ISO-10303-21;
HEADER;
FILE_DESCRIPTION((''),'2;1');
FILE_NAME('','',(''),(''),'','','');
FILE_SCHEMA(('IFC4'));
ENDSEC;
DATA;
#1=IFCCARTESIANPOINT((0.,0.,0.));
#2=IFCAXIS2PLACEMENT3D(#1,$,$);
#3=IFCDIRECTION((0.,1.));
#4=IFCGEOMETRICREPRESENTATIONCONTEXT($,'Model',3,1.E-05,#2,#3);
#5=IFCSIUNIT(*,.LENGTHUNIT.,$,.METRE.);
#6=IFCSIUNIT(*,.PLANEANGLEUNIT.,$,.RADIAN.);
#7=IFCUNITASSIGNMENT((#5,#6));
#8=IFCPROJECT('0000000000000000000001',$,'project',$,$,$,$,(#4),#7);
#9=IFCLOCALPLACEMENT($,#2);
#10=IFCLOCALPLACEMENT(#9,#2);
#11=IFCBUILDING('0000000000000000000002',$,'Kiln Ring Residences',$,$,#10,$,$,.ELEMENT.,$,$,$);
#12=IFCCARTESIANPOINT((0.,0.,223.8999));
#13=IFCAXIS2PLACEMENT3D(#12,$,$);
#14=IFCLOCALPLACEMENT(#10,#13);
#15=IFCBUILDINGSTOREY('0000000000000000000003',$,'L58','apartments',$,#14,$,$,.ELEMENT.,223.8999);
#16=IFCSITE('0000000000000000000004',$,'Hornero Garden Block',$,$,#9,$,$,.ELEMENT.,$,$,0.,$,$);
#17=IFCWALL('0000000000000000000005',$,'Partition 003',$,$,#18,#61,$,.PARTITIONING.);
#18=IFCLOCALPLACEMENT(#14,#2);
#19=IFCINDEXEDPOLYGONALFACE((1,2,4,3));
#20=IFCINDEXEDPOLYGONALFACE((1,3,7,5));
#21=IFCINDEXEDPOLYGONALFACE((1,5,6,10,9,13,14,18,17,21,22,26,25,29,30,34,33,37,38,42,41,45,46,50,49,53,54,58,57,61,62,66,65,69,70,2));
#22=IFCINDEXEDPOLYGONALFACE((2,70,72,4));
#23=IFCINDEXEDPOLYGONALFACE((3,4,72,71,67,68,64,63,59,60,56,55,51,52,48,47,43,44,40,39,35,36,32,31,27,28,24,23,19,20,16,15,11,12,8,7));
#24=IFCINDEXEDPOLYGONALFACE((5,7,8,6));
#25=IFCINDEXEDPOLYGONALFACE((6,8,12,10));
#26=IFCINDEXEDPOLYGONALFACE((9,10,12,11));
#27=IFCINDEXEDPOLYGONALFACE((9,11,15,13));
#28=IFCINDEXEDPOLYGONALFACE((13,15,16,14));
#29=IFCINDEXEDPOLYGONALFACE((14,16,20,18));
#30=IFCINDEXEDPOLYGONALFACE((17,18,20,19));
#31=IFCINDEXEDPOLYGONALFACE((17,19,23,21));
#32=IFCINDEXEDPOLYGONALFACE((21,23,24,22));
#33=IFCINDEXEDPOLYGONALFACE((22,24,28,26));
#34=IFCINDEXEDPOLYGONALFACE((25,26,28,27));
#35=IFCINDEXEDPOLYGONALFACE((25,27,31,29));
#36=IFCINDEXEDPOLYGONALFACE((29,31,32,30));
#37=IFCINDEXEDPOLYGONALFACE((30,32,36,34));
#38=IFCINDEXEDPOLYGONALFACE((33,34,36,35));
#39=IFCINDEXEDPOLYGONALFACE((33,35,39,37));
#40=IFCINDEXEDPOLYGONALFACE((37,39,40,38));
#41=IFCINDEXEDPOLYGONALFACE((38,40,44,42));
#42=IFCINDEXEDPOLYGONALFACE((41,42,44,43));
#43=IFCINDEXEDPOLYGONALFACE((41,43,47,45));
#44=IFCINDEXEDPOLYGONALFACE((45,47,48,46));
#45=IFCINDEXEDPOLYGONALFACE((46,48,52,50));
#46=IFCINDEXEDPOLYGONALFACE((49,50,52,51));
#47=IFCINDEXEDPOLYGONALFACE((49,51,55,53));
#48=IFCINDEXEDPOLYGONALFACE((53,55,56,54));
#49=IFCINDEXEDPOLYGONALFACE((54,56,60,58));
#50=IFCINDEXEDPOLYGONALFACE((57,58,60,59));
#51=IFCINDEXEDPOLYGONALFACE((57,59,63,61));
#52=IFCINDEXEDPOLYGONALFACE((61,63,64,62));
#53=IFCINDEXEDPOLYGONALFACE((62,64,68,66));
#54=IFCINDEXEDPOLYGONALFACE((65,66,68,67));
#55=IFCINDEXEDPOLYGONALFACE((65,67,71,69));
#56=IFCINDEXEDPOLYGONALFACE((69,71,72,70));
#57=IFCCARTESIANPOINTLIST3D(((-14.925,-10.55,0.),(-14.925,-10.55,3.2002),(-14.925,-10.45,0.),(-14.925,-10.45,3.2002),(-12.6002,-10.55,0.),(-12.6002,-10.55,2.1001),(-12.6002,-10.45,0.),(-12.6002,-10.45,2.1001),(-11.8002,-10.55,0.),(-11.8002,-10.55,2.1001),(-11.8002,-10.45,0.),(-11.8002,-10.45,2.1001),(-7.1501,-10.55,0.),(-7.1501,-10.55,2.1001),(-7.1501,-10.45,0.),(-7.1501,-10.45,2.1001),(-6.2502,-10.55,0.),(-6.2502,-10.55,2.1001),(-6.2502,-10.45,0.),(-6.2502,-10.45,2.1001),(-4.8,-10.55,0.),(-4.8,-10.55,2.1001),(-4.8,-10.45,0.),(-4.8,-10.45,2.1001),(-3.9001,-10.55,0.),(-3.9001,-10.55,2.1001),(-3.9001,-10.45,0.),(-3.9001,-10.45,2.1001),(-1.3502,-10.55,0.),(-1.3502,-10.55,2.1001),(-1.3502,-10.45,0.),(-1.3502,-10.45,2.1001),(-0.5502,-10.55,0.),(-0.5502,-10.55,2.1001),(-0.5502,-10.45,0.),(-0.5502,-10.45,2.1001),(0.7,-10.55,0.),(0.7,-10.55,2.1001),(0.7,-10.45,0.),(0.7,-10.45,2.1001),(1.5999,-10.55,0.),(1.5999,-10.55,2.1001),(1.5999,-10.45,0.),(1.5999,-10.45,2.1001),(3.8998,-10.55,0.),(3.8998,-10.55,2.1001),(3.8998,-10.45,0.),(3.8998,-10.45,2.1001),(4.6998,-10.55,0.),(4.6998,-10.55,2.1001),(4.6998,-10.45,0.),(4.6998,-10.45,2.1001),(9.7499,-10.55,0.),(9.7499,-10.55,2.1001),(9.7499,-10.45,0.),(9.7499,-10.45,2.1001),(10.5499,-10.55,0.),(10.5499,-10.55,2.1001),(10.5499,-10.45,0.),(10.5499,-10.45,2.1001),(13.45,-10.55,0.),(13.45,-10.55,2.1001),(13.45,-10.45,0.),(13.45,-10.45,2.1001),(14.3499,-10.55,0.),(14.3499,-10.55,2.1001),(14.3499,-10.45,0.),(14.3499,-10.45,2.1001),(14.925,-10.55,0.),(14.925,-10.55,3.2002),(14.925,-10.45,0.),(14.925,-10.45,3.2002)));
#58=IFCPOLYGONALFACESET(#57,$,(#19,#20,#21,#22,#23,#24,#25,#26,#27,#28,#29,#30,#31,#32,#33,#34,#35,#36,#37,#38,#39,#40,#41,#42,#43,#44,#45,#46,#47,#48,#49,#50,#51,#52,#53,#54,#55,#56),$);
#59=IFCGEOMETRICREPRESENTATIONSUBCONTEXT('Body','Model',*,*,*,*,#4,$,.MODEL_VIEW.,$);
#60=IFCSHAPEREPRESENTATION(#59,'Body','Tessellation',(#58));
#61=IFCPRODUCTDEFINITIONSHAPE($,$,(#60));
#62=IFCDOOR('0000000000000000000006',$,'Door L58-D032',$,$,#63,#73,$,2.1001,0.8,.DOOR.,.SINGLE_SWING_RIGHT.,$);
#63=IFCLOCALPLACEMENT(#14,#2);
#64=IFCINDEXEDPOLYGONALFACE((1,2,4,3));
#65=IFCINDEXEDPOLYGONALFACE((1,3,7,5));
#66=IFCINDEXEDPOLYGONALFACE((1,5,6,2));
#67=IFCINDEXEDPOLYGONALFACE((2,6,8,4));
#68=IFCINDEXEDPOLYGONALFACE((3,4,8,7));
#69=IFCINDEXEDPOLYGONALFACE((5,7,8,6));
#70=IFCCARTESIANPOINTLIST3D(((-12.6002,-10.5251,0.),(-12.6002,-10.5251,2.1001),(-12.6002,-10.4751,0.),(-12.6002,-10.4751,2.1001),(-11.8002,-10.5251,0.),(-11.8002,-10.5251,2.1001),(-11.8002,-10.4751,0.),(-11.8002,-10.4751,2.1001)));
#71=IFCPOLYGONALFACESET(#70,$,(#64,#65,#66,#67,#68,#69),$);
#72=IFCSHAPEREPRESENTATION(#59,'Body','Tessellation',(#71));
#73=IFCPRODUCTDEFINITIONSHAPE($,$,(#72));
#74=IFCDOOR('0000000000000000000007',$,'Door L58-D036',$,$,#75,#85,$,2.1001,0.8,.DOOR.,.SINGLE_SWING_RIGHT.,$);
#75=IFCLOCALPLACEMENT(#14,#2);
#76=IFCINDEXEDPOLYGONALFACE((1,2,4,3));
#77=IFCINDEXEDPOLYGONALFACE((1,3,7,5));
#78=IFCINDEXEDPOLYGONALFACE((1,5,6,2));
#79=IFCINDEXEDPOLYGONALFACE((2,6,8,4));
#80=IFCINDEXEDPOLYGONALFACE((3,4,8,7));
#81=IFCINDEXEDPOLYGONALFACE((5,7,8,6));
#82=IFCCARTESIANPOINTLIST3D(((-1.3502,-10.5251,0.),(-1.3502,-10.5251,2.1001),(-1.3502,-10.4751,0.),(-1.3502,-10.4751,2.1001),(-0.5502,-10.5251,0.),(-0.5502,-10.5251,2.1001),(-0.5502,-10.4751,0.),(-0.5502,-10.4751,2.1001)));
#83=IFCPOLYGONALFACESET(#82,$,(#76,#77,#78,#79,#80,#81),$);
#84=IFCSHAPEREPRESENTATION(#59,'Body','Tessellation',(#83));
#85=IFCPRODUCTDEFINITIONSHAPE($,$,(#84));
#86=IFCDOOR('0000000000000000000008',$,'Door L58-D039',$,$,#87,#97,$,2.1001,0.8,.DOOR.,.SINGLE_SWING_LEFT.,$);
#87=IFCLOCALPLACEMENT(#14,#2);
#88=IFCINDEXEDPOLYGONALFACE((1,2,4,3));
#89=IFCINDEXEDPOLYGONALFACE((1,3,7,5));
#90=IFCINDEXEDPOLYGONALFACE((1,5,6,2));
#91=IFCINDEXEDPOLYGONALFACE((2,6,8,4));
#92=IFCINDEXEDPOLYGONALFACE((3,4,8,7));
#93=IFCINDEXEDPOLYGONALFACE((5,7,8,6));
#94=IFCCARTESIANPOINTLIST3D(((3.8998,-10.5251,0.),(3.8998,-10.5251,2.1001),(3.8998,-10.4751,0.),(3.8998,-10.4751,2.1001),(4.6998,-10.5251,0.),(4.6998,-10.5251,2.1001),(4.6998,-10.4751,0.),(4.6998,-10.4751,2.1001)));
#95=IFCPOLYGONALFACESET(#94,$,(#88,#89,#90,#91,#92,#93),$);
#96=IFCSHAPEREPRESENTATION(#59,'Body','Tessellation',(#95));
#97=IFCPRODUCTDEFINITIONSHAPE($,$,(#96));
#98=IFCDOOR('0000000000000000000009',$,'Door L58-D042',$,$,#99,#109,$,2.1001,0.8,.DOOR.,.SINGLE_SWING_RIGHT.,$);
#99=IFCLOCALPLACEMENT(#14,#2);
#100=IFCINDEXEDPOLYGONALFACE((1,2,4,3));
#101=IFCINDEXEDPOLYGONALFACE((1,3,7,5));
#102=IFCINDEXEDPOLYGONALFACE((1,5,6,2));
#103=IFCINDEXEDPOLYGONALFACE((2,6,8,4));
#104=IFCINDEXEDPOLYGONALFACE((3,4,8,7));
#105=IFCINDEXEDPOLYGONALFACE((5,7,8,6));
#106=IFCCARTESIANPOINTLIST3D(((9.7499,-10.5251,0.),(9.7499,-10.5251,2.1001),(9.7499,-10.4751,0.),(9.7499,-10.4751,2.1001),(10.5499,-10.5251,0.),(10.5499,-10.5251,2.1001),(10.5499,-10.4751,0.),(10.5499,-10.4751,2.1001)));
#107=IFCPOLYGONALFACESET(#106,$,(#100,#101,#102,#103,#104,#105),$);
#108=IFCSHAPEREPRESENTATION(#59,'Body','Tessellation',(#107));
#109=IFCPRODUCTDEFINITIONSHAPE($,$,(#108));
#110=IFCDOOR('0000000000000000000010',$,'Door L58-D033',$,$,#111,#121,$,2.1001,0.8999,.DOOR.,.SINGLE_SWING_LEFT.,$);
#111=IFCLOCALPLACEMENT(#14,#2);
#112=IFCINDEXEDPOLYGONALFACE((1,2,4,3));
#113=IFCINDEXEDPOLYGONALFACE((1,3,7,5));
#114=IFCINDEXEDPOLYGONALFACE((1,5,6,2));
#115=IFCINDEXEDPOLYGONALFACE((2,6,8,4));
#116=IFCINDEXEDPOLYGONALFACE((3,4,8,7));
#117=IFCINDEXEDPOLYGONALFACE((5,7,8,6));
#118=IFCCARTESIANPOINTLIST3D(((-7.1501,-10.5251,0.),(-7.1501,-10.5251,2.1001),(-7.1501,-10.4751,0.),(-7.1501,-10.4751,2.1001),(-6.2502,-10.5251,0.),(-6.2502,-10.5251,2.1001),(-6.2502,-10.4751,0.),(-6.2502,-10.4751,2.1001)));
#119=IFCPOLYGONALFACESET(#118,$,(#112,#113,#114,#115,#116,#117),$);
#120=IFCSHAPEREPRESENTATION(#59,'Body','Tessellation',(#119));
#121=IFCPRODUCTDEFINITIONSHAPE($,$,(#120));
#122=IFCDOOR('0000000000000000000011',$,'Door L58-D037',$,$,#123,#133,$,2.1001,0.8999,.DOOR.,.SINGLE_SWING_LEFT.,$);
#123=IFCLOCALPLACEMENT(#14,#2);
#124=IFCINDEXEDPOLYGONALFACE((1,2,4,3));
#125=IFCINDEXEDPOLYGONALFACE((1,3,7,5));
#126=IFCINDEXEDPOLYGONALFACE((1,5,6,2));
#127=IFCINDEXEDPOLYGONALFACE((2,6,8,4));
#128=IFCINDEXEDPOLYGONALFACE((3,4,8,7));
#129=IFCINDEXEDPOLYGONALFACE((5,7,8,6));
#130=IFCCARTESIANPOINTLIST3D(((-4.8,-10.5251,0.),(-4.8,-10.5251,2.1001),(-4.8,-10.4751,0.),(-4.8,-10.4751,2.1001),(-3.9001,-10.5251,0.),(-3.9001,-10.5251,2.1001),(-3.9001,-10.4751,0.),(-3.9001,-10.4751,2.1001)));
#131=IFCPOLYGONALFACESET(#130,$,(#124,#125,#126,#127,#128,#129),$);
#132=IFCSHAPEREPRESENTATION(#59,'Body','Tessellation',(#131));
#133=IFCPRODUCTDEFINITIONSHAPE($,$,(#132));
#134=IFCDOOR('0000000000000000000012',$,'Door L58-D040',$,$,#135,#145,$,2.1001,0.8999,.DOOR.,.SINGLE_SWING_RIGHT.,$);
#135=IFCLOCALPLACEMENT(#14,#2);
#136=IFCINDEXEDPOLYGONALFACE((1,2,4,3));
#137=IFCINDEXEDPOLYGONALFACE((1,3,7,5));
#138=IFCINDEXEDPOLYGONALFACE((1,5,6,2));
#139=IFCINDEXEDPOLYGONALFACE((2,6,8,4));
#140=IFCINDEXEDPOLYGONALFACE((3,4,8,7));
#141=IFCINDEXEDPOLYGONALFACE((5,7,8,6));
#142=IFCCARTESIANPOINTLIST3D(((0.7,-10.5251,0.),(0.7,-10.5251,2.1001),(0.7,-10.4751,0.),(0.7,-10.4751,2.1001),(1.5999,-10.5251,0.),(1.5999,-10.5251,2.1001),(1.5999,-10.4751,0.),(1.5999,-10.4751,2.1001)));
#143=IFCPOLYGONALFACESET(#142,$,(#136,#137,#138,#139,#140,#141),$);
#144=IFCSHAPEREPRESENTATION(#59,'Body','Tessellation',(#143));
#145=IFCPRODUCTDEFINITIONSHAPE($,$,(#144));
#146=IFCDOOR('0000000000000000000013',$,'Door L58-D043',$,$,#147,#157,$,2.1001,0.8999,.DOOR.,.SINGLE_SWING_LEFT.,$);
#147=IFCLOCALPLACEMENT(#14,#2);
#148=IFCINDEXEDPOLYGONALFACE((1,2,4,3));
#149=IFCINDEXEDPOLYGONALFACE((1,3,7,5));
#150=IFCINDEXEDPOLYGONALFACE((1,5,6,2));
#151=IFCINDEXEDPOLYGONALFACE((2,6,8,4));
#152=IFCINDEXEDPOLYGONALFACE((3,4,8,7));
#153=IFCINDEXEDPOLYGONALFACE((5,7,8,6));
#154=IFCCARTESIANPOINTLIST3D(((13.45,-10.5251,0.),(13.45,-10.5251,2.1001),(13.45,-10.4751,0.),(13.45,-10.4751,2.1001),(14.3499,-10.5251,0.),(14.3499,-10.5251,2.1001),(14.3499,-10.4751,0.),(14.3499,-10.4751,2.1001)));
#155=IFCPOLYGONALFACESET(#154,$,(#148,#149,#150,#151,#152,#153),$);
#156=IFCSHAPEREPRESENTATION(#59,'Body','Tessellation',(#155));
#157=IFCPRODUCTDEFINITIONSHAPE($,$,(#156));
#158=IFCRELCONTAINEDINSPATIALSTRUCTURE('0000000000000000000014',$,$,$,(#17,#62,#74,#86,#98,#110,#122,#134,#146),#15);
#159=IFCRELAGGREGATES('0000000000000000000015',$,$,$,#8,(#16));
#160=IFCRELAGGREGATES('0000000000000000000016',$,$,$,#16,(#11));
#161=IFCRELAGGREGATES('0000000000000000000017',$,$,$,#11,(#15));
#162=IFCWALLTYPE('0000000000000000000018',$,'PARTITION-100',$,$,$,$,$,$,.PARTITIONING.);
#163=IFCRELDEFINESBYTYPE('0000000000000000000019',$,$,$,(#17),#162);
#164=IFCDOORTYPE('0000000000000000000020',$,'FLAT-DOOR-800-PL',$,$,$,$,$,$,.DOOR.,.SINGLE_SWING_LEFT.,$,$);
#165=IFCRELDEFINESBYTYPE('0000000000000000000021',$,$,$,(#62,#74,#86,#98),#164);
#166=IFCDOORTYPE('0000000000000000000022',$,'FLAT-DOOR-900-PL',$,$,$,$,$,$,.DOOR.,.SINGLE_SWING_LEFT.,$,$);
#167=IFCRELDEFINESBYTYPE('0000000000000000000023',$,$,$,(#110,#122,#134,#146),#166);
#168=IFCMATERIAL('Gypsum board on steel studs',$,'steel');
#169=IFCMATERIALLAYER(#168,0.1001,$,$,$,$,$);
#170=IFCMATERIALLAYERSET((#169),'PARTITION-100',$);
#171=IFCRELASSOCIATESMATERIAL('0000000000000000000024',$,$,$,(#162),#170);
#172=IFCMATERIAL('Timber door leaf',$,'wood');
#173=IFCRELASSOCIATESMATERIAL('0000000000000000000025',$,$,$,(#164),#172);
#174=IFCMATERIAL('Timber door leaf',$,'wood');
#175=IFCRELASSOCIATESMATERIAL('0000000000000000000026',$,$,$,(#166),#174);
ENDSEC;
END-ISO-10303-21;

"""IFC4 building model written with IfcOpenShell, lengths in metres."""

from ifc_helpers import new_model, si_unit, direction, frame, frame_2d, origin, place, context, subcontext, project, spatial, rectangle, extrude, material, layer, layer_set, type_object, element, fill, save


model = new_model("IFC4")

# Units and contexts
model_context = context("Model", 3, precision=1e-05, world=origin(), true_north=direction((0.0, 1.0)))
body_context = subcontext(model_context, "Body", "Model", "MODEL_VIEW")
ifc_project = project(units=[si_unit("LENGTHUNIT", "METRE"), si_unit("PLANEANGLEUNIT", "RADIAN")], contexts=[model_context])

# Site, building, storey
site_placement = place(None, origin())
site = spatial("IfcSite", under=ifc_project, at=site_placement, Name="Hornero Garden Block", CompositionType="ELEMENT", RefElevation=0.0)
building_placement = place(site_placement, origin())
building = spatial("IfcBuilding", under=site, at=building_placement, Name="Kiln Ring Residences", CompositionType="ELEMENT")
storey_placement = place(building_placement, frame((0.0, 0.0, 223.8999)))
storey = spatial("IfcBuildingStorey", under=building, at=storey_placement, Name="L58", Description="apartments", CompositionType="ELEMENT", Elevation=223.8999)

# Wall, openings, doors
ifc_material_1 = material(Name="Gypsum board on steel studs", Category="steel")
ifc_layer_1 = layer(ifc_material_1, 0.1001)
ifc_layer_set_1 = layer_set([ifc_layer_1], Name="PARTITION-100")
wall_type_1 = type_object("IfcWallType", Name="PARTITION-100", PredefinedType="PARTITIONING", material=ifc_layer_set_1)
wall_1_placement = place(storey_placement, frame((-14.925, -10.5, 0.0), z_axis=(0.0, 0.0, 1.0), x_axis=(1.0, 0.0, 0.0)))
wall_1 = element("IfcWall", 1, at=wall_1_placement, inside=storey, type_object=wall_type_1, Name="Partition 003", PredefinedType="PARTITIONING", context=body_context, shape_type="SweptSolid", body=[
    extrude(rectangle(XDim=29.8501, YDim=0.1001, at=frame_2d((14.925, 0.0))), origin(), (0.0, 0.0, 1.0), 3.2002),
])
opening_1_placement = place(wall_1_placement, frame((2.325, 0.0, 0.0)))
opening_1 = element("IfcOpeningElement", 2, at=opening_1_placement, cuts=wall_1, PredefinedType="OPENING", context=body_context, shape_type="SweptSolid", body=[
    extrude(rectangle(XDim=0.8, YDim=2.1001, at=frame_2d((0.3999, 1.05))), frame((0.0, 0.0601, 0.0), z_axis=(0.0, -1.0, 0.0), x_axis=(1.0, 0.0, 0.0)), (0.0, 0.0, 1.0), 0.1201),
])
opening_2_placement = place(wall_1_placement, frame((7.7749, 0.0, 0.0)))
opening_2 = element("IfcOpeningElement", 3, at=opening_2_placement, cuts=wall_1, PredefinedType="OPENING", context=body_context, shape_type="SweptSolid", body=[
    extrude(rectangle(XDim=0.8999, YDim=2.1001, at=frame_2d((0.45, 1.05))), frame((0.0, 0.0601, 0.0), z_axis=(0.0, -1.0, 0.0), x_axis=(1.0, 0.0, 0.0)), (0.0, 0.0, 1.0), 0.1201),
])
opening_3_placement = place(wall_1_placement, frame((13.575, 0.0, 0.0)))
opening_3 = element("IfcOpeningElement", 4, at=opening_3_placement, cuts=wall_1, PredefinedType="OPENING", context=body_context, shape_type="SweptSolid", body=[
    extrude(rectangle(XDim=0.8, YDim=2.1001, at=frame_2d((0.3999, 1.05))), frame((0.0, 0.0601, 0.0), z_axis=(0.0, -1.0, 0.0), x_axis=(1.0, 0.0, 0.0)), (0.0, 0.0, 1.0), 0.1201),
])
opening_4_placement = place(wall_1_placement, frame((10.125, 0.0, 0.0)))
opening_4 = element("IfcOpeningElement", 5, at=opening_4_placement, cuts=wall_1, PredefinedType="OPENING", context=body_context, shape_type="SweptSolid", body=[
    extrude(rectangle(XDim=0.8999, YDim=2.1001, at=frame_2d((0.45, 1.05))), frame((0.0, 0.0601, 0.0), z_axis=(0.0, -1.0, 0.0), x_axis=(1.0, 0.0, 0.0)), (0.0, 0.0, 1.0), 0.1201),
])
opening_5_placement = place(wall_1_placement, frame((18.825, 0.0, 0.0)))
opening_5 = element("IfcOpeningElement", 6, at=opening_5_placement, cuts=wall_1, PredefinedType="OPENING", context=body_context, shape_type="SweptSolid", body=[
    extrude(rectangle(XDim=0.8, YDim=2.1001, at=frame_2d((0.3999, 1.05))), frame((0.0, 0.0601, 0.0), z_axis=(0.0, -1.0, 0.0), x_axis=(1.0, 0.0, 0.0)), (0.0, 0.0, 1.0), 0.1201),
])
opening_6_placement = place(wall_1_placement, frame((15.625, 0.0, 0.0)))
opening_6 = element("IfcOpeningElement", 7, at=opening_6_placement, cuts=wall_1, PredefinedType="OPENING", context=body_context, shape_type="SweptSolid", body=[
    extrude(rectangle(XDim=0.8999, YDim=2.1001, at=frame_2d((0.45, 1.05))), frame((0.0, 0.0601, 0.0), z_axis=(0.0, -1.0, 0.0), x_axis=(1.0, 0.0, 0.0)), (0.0, 0.0, 1.0), 0.1201),
])
opening_7_placement = place(wall_1_placement, frame((24.675, 0.0, 0.0)))
opening_7 = element("IfcOpeningElement", 8, at=opening_7_placement, cuts=wall_1, PredefinedType="OPENING", context=body_context, shape_type="SweptSolid", body=[
    extrude(rectangle(XDim=0.8, YDim=2.1001, at=frame_2d((0.3999, 1.05))), frame((0.0, 0.0601, 0.0), z_axis=(0.0, -1.0, 0.0), x_axis=(1.0, 0.0, 0.0)), (0.0, 0.0, 1.0), 0.1201),
])
opening_8_placement = place(wall_1_placement, frame((28.375, 0.0, 0.0)))
opening_8 = element("IfcOpeningElement", 9, at=opening_8_placement, cuts=wall_1, PredefinedType="OPENING", context=body_context, shape_type="SweptSolid", body=[
    extrude(rectangle(XDim=0.8999, YDim=2.1001, at=frame_2d((0.45, 1.05))), frame((0.0, 0.0601, 0.0), z_axis=(0.0, -1.0, 0.0), x_axis=(1.0, 0.0, 0.0)), (0.0, 0.0, 1.0), 0.1201),
])
ifc_material_2 = material(Name="Timber door leaf", Category="wood")
door_type_1 = type_object("IfcDoorType", Name="FLAT-DOOR-800-PL", OperationType="SINGLE_SWING_LEFT", PredefinedType="DOOR", material=ifc_material_2)
door_1_placement = place(opening_1_placement, origin())
door_1 = element("IfcDoor", 10, at=door_1_placement, inside=storey, type_object=door_type_1, Name="Door L58-D032", OperationType="SINGLE_SWING_RIGHT", OverallHeight=2.1001, OverallWidth=0.8, PredefinedType="DOOR", context=body_context, shape_type="SweptSolid", body=[
    extrude(rectangle(XDim=0.8, YDim=2.1001, at=frame_2d((0.3999, 1.05))), frame((0.0, 0.0249, 0.0), z_axis=(0.0, -1.0, 0.0), x_axis=(1.0, 0.0, 0.0)), (0.0, 0.0, 1.0), 0.05),
])
fill(opening_1, door_1)
door_2_placement = place(opening_3_placement, origin())
door_2 = element("IfcDoor", 11, at=door_2_placement, inside=storey, type_object=door_type_1, Name="Door L58-D036", OperationType="SINGLE_SWING_RIGHT", OverallHeight=2.1001, OverallWidth=0.8, PredefinedType="DOOR", context=body_context, shape_type="SweptSolid", body=[
    extrude(rectangle(XDim=0.8, YDim=2.1001, at=frame_2d((0.3999, 1.05))), frame((0.0, 0.0249, 0.0), z_axis=(0.0, -1.0, 0.0), x_axis=(1.0, 0.0, 0.0)), (0.0, 0.0, 1.0), 0.05),
])
fill(opening_3, door_2)
door_3_placement = place(opening_5_placement, origin())
door_3 = element("IfcDoor", 12, at=door_3_placement, inside=storey, type_object=door_type_1, Name="Door L58-D039", OperationType="SINGLE_SWING_LEFT", OverallHeight=2.1001, OverallWidth=0.8, PredefinedType="DOOR", context=body_context, shape_type="SweptSolid", body=[
    extrude(rectangle(XDim=0.8, YDim=2.1001, at=frame_2d((0.3999, 1.05))), frame((0.0, 0.0249, 0.0), z_axis=(0.0, -1.0, 0.0), x_axis=(1.0, 0.0, 0.0)), (0.0, 0.0, 1.0), 0.05),
])
fill(opening_5, door_3)
door_4_placement = place(opening_7_placement, origin())
door_4 = element("IfcDoor", 13, at=door_4_placement, inside=storey, type_object=door_type_1, Name="Door L58-D042", OperationType="SINGLE_SWING_RIGHT", OverallHeight=2.1001, OverallWidth=0.8, PredefinedType="DOOR", context=body_context, shape_type="SweptSolid", body=[
    extrude(rectangle(XDim=0.8, YDim=2.1001, at=frame_2d((0.3999, 1.05))), frame((0.0, 0.0249, 0.0), z_axis=(0.0, -1.0, 0.0), x_axis=(1.0, 0.0, 0.0)), (0.0, 0.0, 1.0), 0.05),
])
fill(opening_7, door_4)
ifc_material_3 = material(Name="Timber door leaf", Category="wood")
door_type_2 = type_object("IfcDoorType", Name="FLAT-DOOR-900-PL", OperationType="SINGLE_SWING_LEFT", PredefinedType="DOOR", material=ifc_material_3)
door_5_placement = place(opening_2_placement, origin())
door_5 = element("IfcDoor", 14, at=door_5_placement, inside=storey, type_object=door_type_2, Name="Door L58-D033", OperationType="SINGLE_SWING_LEFT", OverallHeight=2.1001, OverallWidth=0.8999, PredefinedType="DOOR", context=body_context, shape_type="SweptSolid", body=[
    extrude(rectangle(XDim=0.8999, YDim=2.1001, at=frame_2d((0.45, 1.05))), frame((0.0, 0.0249, 0.0), z_axis=(0.0, -1.0, 0.0), x_axis=(1.0, 0.0, 0.0)), (0.0, 0.0, 1.0), 0.05),
])
fill(opening_2, door_5)
door_6_placement = place(opening_4_placement, origin())
door_6 = element("IfcDoor", 15, at=door_6_placement, inside=storey, type_object=door_type_2, Name="Door L58-D037", OperationType="SINGLE_SWING_LEFT", OverallHeight=2.1001, OverallWidth=0.8999, PredefinedType="DOOR", context=body_context, shape_type="SweptSolid", body=[
    extrude(rectangle(XDim=0.8999, YDim=2.1001, at=frame_2d((0.45, 1.05))), frame((0.0, 0.0249, 0.0), z_axis=(0.0, -1.0, 0.0), x_axis=(1.0, 0.0, 0.0)), (0.0, 0.0, 1.0), 0.05),
])
fill(opening_4, door_6)
door_7_placement = place(opening_6_placement, origin())
door_7 = element("IfcDoor", 16, at=door_7_placement, inside=storey, type_object=door_type_2, Name="Door L58-D040", OperationType="SINGLE_SWING_RIGHT", OverallHeight=2.1001, OverallWidth=0.8999, PredefinedType="DOOR", context=body_context, shape_type="SweptSolid", body=[
    extrude(rectangle(XDim=0.8999, YDim=2.1001, at=frame_2d((0.45, 1.05))), frame((0.0, 0.0249, 0.0), z_axis=(0.0, -1.0, 0.0), x_axis=(1.0, 0.0, 0.0)), (0.0, 0.0, 1.0), 0.05),
])
fill(opening_6, door_7)
door_8_placement = place(opening_8_placement, origin())
door_8 = element("IfcDoor", 17, at=door_8_placement, inside=storey, type_object=door_type_2, Name="Door L58-D043", OperationType="SINGLE_SWING_LEFT", OverallHeight=2.1001, OverallWidth=0.8999, PredefinedType="DOOR", context=body_context, shape_type="SweptSolid", body=[
    extrude(rectangle(XDim=0.8999, YDim=2.1001, at=frame_2d((0.45, 1.05))), frame((0.0, 0.0249, 0.0), z_axis=(0.0, -1.0, 0.0), x_axis=(1.0, 0.0, 0.0)), (0.0, 0.0, 1.0), 0.05),
])
fill(opening_8, door_8)

save(model, "model.ifc")
